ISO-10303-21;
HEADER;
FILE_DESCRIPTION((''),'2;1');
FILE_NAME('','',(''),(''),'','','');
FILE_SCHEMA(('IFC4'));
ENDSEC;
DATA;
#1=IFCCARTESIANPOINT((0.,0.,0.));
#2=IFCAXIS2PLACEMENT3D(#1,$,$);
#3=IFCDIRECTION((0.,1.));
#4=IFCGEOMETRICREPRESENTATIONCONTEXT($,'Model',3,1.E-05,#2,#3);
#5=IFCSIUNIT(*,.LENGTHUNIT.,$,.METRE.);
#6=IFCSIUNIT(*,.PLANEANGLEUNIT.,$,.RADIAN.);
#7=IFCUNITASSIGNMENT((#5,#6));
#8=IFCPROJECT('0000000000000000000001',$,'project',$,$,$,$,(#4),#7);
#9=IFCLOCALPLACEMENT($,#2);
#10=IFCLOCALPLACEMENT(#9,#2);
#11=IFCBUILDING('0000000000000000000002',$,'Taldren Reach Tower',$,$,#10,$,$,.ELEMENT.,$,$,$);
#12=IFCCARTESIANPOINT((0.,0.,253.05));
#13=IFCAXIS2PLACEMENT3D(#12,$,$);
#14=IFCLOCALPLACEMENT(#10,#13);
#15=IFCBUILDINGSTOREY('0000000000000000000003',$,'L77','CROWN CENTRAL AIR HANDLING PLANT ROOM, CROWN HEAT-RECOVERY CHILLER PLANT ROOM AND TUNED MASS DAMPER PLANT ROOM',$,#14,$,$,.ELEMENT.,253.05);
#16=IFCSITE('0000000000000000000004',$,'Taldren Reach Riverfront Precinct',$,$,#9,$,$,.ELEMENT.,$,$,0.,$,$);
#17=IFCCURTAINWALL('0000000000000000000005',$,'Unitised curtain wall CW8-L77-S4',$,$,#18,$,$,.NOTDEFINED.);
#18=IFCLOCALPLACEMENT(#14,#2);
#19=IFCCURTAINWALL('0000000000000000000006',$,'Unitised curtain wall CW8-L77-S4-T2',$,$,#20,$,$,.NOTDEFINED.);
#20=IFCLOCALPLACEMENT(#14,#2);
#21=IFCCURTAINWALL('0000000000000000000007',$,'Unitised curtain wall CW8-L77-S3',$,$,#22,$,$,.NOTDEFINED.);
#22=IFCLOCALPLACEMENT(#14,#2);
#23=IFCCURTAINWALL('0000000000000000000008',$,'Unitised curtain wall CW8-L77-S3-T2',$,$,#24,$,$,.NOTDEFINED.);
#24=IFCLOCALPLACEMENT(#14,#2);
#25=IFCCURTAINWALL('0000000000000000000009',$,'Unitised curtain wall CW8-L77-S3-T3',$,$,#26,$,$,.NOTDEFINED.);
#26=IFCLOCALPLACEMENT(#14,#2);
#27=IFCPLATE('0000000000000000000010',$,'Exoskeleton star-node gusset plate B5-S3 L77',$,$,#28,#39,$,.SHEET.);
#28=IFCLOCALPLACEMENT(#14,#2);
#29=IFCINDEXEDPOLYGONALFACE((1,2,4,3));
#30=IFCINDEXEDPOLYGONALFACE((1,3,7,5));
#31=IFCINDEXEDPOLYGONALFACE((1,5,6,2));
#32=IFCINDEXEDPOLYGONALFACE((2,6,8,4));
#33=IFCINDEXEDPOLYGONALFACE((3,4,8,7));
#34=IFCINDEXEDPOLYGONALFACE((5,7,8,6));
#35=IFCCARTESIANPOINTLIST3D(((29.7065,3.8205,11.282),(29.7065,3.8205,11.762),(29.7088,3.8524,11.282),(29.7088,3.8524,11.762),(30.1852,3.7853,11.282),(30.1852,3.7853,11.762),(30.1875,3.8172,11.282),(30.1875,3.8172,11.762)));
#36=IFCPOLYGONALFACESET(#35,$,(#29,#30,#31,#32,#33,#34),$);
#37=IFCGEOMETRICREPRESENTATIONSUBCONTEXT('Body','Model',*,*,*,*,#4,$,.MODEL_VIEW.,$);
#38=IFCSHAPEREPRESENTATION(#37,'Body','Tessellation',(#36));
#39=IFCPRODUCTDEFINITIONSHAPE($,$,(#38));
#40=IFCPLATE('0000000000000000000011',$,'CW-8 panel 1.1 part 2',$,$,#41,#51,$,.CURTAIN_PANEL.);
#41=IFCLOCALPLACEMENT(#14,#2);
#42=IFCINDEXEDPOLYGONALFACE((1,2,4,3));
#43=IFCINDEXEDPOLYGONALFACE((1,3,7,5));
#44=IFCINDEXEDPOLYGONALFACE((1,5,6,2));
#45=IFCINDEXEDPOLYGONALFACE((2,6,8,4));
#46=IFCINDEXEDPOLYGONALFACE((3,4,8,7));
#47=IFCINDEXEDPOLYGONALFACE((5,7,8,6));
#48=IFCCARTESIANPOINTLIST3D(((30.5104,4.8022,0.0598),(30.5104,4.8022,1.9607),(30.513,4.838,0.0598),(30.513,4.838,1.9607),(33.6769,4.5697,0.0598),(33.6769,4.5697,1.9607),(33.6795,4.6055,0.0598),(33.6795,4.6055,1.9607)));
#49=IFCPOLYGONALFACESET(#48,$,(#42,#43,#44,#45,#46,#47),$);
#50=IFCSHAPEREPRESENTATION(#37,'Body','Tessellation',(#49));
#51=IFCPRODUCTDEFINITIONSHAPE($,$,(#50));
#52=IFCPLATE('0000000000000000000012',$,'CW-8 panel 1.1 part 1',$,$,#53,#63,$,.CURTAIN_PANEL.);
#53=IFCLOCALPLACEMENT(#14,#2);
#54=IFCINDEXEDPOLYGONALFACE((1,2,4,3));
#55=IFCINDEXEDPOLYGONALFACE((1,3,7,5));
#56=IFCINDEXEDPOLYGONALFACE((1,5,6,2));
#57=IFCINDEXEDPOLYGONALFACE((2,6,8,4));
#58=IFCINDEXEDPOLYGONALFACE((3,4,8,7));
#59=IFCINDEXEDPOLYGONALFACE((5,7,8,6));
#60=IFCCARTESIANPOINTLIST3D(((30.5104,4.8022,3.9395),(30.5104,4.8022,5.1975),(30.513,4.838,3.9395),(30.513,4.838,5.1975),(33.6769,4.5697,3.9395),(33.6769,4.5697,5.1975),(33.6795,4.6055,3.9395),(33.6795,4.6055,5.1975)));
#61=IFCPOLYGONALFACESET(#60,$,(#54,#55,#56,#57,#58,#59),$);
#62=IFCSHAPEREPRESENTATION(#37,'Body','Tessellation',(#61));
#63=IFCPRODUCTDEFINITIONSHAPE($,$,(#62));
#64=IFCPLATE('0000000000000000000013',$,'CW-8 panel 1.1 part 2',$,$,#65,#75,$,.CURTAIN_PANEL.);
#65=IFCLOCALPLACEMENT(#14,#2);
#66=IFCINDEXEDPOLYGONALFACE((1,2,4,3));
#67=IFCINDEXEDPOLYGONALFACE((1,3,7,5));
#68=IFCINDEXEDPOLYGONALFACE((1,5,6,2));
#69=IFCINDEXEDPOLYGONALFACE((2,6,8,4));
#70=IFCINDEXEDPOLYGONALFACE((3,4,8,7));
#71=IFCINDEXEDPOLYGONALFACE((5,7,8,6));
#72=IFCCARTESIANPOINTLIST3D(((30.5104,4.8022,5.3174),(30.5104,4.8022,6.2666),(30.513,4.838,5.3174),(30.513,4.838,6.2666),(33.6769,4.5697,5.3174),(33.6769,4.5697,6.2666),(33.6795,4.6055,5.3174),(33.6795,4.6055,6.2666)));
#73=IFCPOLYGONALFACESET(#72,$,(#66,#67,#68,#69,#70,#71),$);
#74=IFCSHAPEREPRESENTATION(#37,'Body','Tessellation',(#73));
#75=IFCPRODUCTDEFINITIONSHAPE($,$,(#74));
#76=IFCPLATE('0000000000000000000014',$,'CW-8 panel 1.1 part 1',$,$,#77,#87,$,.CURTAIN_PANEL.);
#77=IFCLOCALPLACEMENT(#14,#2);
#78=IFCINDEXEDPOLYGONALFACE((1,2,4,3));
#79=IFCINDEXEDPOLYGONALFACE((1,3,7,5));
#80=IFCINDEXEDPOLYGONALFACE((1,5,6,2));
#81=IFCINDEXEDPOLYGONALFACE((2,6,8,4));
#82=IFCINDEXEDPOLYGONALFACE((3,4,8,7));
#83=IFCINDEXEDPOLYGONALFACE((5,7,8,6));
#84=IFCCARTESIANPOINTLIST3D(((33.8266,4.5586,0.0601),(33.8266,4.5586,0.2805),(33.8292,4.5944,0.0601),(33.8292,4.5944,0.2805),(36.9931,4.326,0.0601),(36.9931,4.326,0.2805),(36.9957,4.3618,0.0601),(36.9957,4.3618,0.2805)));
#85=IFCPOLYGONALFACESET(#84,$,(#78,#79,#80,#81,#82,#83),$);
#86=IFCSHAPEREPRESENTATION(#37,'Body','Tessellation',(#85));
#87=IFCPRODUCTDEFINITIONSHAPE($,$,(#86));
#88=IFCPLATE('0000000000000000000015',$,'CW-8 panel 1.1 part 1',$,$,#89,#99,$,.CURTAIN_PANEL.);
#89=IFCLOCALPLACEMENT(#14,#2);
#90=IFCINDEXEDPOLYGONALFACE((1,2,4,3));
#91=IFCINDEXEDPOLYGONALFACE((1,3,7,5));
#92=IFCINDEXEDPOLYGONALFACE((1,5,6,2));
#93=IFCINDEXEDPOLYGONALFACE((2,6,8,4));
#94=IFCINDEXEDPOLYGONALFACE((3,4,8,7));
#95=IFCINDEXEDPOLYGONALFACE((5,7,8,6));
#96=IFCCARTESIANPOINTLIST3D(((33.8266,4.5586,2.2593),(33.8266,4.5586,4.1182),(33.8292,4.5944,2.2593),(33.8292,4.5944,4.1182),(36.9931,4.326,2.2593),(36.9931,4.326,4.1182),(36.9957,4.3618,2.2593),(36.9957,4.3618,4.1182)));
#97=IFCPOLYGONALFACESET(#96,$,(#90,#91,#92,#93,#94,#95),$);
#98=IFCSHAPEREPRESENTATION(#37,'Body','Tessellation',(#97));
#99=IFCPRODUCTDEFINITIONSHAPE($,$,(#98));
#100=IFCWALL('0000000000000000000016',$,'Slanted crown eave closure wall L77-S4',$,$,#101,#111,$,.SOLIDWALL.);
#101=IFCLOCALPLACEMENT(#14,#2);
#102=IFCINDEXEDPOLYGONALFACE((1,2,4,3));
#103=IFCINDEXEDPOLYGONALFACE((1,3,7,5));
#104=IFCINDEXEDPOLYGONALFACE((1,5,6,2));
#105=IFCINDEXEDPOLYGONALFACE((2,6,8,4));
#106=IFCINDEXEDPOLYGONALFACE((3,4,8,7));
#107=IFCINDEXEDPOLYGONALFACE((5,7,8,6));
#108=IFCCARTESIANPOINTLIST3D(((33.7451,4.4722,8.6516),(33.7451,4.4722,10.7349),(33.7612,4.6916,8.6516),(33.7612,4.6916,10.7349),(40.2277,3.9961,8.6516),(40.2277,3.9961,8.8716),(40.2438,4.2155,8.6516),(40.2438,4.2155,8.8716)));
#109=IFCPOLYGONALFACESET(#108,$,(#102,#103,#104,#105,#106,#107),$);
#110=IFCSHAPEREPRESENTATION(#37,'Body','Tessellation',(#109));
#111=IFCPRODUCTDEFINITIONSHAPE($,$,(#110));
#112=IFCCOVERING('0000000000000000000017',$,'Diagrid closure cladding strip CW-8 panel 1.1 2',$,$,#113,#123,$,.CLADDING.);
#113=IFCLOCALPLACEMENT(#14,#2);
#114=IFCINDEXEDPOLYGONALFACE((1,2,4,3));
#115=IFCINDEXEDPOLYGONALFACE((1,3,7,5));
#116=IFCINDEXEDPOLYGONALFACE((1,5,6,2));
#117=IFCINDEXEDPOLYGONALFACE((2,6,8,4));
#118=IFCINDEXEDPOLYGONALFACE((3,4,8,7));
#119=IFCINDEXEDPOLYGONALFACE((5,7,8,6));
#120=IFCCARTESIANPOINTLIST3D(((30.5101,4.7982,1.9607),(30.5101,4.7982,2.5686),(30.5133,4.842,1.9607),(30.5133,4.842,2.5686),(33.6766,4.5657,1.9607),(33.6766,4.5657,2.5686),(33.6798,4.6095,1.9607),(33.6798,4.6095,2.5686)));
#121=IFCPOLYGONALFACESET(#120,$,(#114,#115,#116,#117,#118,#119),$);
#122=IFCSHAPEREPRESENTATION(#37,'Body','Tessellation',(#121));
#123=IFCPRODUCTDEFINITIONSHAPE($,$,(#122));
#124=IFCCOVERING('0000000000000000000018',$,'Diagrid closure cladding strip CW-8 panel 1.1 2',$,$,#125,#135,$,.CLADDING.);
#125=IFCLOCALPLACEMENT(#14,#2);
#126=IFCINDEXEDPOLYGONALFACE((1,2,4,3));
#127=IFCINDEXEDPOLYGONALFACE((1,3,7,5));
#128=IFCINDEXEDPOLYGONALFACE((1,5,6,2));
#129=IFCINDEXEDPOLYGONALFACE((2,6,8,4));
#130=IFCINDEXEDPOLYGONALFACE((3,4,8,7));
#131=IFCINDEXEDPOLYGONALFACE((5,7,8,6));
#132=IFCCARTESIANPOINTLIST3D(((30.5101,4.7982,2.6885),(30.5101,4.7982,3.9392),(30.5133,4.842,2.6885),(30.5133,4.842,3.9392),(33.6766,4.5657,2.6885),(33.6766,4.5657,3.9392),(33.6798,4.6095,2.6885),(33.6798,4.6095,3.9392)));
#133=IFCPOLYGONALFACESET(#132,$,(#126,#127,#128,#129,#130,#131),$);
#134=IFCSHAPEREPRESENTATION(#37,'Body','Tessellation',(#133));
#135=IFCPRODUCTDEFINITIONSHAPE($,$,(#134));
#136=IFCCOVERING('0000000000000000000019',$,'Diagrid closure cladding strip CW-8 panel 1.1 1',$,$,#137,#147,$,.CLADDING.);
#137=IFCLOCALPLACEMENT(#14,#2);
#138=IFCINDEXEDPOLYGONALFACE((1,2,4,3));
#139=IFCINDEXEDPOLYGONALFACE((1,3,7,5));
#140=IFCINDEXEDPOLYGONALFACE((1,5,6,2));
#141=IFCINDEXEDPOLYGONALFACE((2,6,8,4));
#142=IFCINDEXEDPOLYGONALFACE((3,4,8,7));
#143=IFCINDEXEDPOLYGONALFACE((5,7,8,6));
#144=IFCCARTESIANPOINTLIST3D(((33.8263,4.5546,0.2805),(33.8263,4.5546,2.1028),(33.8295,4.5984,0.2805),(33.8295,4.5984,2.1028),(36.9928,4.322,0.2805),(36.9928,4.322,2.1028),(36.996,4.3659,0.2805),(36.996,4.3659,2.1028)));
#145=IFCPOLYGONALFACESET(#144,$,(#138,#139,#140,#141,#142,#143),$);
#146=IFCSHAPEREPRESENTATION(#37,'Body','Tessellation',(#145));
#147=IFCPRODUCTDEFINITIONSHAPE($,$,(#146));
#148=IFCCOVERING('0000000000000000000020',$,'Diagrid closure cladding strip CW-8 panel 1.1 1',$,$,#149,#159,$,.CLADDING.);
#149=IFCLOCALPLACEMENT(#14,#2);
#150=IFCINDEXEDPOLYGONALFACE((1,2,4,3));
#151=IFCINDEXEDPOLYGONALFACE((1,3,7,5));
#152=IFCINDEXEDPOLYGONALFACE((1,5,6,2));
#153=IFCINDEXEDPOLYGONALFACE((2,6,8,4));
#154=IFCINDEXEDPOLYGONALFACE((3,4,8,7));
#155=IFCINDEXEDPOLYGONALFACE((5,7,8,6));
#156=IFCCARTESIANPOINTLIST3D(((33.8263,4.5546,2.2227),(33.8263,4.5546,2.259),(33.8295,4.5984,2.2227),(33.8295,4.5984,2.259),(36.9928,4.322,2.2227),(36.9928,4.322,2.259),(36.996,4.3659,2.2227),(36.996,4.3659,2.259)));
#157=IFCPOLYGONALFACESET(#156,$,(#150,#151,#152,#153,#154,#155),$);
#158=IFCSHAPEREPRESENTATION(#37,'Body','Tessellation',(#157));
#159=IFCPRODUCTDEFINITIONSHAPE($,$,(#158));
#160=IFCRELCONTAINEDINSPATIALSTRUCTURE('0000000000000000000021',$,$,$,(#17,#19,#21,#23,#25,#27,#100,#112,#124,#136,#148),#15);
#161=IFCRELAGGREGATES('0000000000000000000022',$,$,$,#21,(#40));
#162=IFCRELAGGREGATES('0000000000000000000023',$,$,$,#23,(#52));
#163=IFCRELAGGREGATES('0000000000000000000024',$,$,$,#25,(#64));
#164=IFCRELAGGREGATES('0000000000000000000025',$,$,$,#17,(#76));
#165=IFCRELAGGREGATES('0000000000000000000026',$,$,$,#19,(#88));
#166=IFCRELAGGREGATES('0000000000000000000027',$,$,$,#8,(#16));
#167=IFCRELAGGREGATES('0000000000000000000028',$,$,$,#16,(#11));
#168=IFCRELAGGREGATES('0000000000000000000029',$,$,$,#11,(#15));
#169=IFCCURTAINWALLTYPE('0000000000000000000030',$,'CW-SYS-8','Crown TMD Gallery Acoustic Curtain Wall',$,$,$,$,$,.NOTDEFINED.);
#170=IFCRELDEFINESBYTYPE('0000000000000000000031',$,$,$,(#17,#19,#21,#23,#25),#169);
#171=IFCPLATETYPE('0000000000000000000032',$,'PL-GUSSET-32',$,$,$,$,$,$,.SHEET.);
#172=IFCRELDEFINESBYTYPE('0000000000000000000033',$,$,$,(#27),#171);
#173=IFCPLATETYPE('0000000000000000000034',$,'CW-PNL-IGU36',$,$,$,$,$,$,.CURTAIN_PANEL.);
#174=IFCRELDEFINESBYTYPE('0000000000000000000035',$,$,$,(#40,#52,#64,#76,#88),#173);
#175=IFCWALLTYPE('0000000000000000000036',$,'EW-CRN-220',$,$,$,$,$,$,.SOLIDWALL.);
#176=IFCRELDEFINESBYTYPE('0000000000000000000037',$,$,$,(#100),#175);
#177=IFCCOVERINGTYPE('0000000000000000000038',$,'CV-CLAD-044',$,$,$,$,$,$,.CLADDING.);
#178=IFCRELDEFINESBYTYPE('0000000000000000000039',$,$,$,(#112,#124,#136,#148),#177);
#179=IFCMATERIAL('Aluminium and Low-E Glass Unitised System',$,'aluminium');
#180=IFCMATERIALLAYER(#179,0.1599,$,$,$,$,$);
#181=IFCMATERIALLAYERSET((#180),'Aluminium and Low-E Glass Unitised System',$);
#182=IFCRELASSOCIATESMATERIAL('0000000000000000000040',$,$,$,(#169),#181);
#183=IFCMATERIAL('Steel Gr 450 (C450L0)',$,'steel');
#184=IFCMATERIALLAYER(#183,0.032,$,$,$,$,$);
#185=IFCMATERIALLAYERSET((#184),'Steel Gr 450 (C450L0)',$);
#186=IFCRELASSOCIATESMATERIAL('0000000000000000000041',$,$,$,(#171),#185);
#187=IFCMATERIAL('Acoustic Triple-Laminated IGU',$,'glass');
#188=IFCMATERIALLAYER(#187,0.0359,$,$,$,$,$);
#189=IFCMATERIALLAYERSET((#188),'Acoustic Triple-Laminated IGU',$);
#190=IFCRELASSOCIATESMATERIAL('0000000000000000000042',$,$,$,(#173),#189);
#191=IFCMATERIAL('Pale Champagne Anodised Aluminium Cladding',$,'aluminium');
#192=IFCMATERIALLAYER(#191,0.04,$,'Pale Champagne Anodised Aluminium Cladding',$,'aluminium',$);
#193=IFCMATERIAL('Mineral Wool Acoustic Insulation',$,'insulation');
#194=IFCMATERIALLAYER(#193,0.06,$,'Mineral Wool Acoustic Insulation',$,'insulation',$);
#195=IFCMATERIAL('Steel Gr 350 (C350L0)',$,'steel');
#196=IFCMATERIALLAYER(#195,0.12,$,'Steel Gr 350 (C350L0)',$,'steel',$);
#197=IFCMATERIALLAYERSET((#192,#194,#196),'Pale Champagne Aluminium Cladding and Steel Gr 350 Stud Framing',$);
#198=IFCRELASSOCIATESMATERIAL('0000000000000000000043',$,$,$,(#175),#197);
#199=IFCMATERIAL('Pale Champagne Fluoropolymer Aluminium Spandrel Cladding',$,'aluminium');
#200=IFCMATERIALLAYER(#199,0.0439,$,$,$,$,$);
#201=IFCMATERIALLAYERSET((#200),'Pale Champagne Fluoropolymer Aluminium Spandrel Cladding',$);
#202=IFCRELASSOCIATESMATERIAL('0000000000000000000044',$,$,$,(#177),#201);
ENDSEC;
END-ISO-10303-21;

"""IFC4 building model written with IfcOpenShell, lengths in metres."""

from ifc_helpers import new_model, si_unit, direction, frame, origin, origin_2d, place, context, subcontext, project, spatial, polyline, rectangle, outline, extrude, source, transform, mapped, material, layer, layer_set, type_object, element, aggregate, save


model = new_model("IFC4")

# Units and contexts
model_context = context("Model", 3, precision=1e-05, world=origin(), true_north=direction((0.0, 1.0)))
body_context = subcontext(model_context, "Body", "Model", "MODEL_VIEW")
ifc_project = project(units=[si_unit("LENGTHUNIT", "METRE"), si_unit("PLANEANGLEUNIT", "RADIAN")], contexts=[model_context])

# Site, building, storey
site_placement = place(None, origin())
site = spatial("IfcSite", under=ifc_project, at=site_placement, Name="Taldren Reach Riverfront Precinct", CompositionType="ELEMENT", RefElevation=0.0)
building_placement = place(site_placement, origin())
building = spatial("IfcBuilding", under=site, at=building_placement, Name="Taldren Reach Tower", CompositionType="ELEMENT")
storey_placement = place(building_placement, frame((0.0, 0.0, 253.05)))
storey = spatial("IfcBuildingStorey", under=building, at=storey_placement, Name="L77", Description="CROWN CENTRAL AIR HANDLING PLANT ROOM, CROWN HEAT-RECOVERY CHILLER PLANT ROOM AND TUNED MASS DAMPER PLANT ROOM", CompositionType="ELEMENT", Elevation=253.05)

# Shared definitions
ifc_material_1 = material(Name="Steel Gr 350 (C350L0)", Category="steel")
ifc_material_2 = material(Name="Steel Gr 450 (C450L0)", Category="steel")

# Curtain walls
ifc_material_3 = material(Name="Aluminium and Low-E Glass Unitised System", Category="aluminium")
ifc_layer_1 = layer(ifc_material_3, 0.1599)
ifc_layer_set_1 = layer_set([ifc_layer_1], Name="Aluminium and Low-E Glass Unitised System")
curtain_wall_type = type_object("IfcCurtainWallType", Name="CW-SYS-8", Description="Crown TMD Gallery Acoustic Curtain Wall", PredefinedType="NOTDEFINED", material=ifc_layer_set_1)
curtain_wall_1_placement = place(storey_placement, origin())
curtain_wall_1 = element("IfcCurtainWall", 1, at=curtain_wall_1_placement, inside=storey, type_object=curtain_wall_type, Name="Unitised curtain wall CW8-L77-S4", PredefinedType="NOTDEFINED")
curtain_wall_2_placement = place(storey_placement, origin())
curtain_wall_2 = element("IfcCurtainWall", 2, at=curtain_wall_2_placement, inside=storey, type_object=curtain_wall_type, Name="Unitised curtain wall CW8-L77-S4-T2", PredefinedType="NOTDEFINED")

# Curtain walls
curtain_wall_3_placement = place(storey_placement, origin())
curtain_wall_3 = element("IfcCurtainWall", 3, at=curtain_wall_3_placement, inside=storey, type_object=curtain_wall_type, Name="Unitised curtain wall CW8-L77-S3", PredefinedType="NOTDEFINED")
curtain_wall_4_placement = place(storey_placement, origin())
curtain_wall_4 = element("IfcCurtainWall", 4, at=curtain_wall_4_placement, inside=storey, type_object=curtain_wall_type, Name="Unitised curtain wall CW8-L77-S3-T2", PredefinedType="NOTDEFINED")
curtain_wall_5_placement = place(storey_placement, origin())
curtain_wall_5 = element("IfcCurtainWall", 5, at=curtain_wall_5_placement, inside=storey, type_object=curtain_wall_type, Name="Unitised curtain wall CW8-L77-S3-T3", PredefinedType="NOTDEFINED")

# Plate
ifc_layer_2 = layer(ifc_material_2, 0.032)
ifc_layer_set_2 = layer_set([ifc_layer_2], Name="Steel Gr 450 (C450L0)")
plate_type_1 = type_object("IfcPlateType", Name="PL-GUSSET-32", PredefinedType="SHEET", material=ifc_layer_set_2)
shared_shape_1 = source(origin(), body_context, "Body", "SweptSolid", [
    extrude(rectangle(XDim=0.48, YDim=0.032, at=origin_2d()), origin(), (0.0, 0.0, 1.0), 0.48),
])
plate_1_placement = place(storey_placement, frame((29.947, 3.8188, 11.282), z_axis=(0.0, 0.0, 1.0), x_axis=(0.997314, -0.073238, 0.0)))
element("IfcPlate", 6, at=plate_1_placement, inside=storey, type_object=plate_type_1, Name="Exoskeleton star-node gusset plate B5-S3 L77", PredefinedType="SHEET", context=body_context, shape_type="MappedRepresentation", body=[
    mapped(shared_shape_1, transform((0.0, 0.0, 0.0), scale=1.0)),
])

# Plates
ifc_material_4 = material(Name="Acoustic Triple-Laminated IGU", Category="glass")
ifc_layer_3 = layer(ifc_material_4, 0.0359)
ifc_layer_set_3 = layer_set([ifc_layer_3], Name="Acoustic Triple-Laminated IGU")
plate_type_2 = type_object("IfcPlateType", Name="CW-PNL-IGU36", PredefinedType="CURTAIN_PANEL", material=ifc_layer_set_3)
shared_shape_2 = source(origin(), body_context, "Body", "SweptSolid", [
    extrude(rectangle(XDim=3.175, YDim=0.0359, at=origin_2d()), origin(), (0.0, 0.0, 1.0), 1.9009),
])
plate_2_placement = place(storey_placement, frame((32.095, 4.7039, 0.0598), z_axis=(0.0, 0.0, 1.0), x_axis=(0.997315, -0.073237, 0.0)))
plate_2 = element("IfcPlate", 7, at=plate_2_placement, type_object=plate_type_2, Name="CW-8 panel 1.1 part 2", PredefinedType="CURTAIN_PANEL", context=body_context, shape_type="MappedRepresentation", body=[
    mapped(shared_shape_2, transform((0.0, 0.0, 0.0), scale=1.0)),
])
aggregate(curtain_wall_3, [plate_2])
shared_shape_3 = source(origin(), body_context, "Body", "SweptSolid", [
    extrude(rectangle(XDim=3.175, YDim=0.0359, at=origin_2d()), origin(), (0.0, 0.0, 1.0), 1.2581),
])
plate_3_placement = place(storey_placement, frame((32.095, 4.7039, 3.9395), z_axis=(0.0, 0.0, 1.0), x_axis=(0.997315, -0.073237, 0.0)))
plate_3 = element("IfcPlate", 8, at=plate_3_placement, type_object=plate_type_2, Name="CW-8 panel 1.1 part 1", PredefinedType="CURTAIN_PANEL", context=body_context, shape_type="MappedRepresentation", body=[
    mapped(shared_shape_3, transform((0.0, 0.0, 0.0), scale=1.0)),
])
aggregate(curtain_wall_4, [plate_3])
shared_shape_4 = source(origin(), body_context, "Body", "SweptSolid", [
    extrude(rectangle(XDim=3.175, YDim=0.0359, at=origin_2d()), origin(), (0.0, 0.0, 1.0), 0.9492),
])
plate_4_placement = place(storey_placement, frame((32.095, 4.7039, 5.3174), z_axis=(0.0, 0.0, 1.0), x_axis=(0.997315, -0.073237, 0.0)))
plate_4 = element("IfcPlate", 9, at=plate_4_placement, type_object=plate_type_2, Name="CW-8 panel 1.1 part 2", PredefinedType="CURTAIN_PANEL", context=body_context, shape_type="MappedRepresentation", body=[
    mapped(shared_shape_4, transform((0.0, 0.0, 0.0), scale=1.0)),
])
aggregate(curtain_wall_5, [plate_4])
shared_shape_5 = source(origin(), body_context, "Body", "SweptSolid", [
    extrude(rectangle(XDim=3.175, YDim=0.0359, at=origin_2d()), origin(), (0.0, 0.0, 1.0), 0.2205),
])
plate_5_placement = place(storey_placement, frame((35.4111, 4.4602, 0.0601), z_axis=(0.0, 0.0, 1.0), x_axis=(0.997314, -0.073239, 0.0)))
plate_5 = element("IfcPlate", 10, at=plate_5_placement, type_object=plate_type_2, Name="CW-8 panel 1.1 part 1", PredefinedType="CURTAIN_PANEL", context=body_context, shape_type="MappedRepresentation", body=[
    mapped(shared_shape_5, transform((0.0, 0.0, 0.0), scale=1.0)),
])
aggregate(curtain_wall_1, [plate_5])
shared_shape_6 = source(origin(), body_context, "Body", "SweptSolid", [
    extrude(rectangle(XDim=3.175, YDim=0.0359, at=origin_2d()), origin(), (0.0, 0.0, 1.0), 1.8589),
])
plate_6_placement = place(storey_placement, frame((35.4111, 4.4602, 2.2593), z_axis=(0.0, 0.0, 1.0), x_axis=(0.997314, -0.073239, 0.0)))
plate_6 = element("IfcPlate", 11, at=plate_6_placement, type_object=plate_type_2, Name="CW-8 panel 1.1 part 1", PredefinedType="CURTAIN_PANEL", context=body_context, shape_type="MappedRepresentation", body=[
    mapped(shared_shape_6, transform((0.0, 0.0, 0.0), scale=1.0)),
])
aggregate(curtain_wall_2, [plate_6])

# Wall
ifc_material_5 = material(Name="Pale Champagne Anodised Aluminium Cladding", Category="aluminium")
ifc_layer_4 = layer(ifc_material_5, 0.04, Name="Pale Champagne Anodised Aluminium Cladding", Category="aluminium")
ifc_material_6 = material(Name="Mineral Wool Acoustic Insulation", Category="insulation")
ifc_layer_5 = layer(ifc_material_6, 0.06, Name="Mineral Wool Acoustic Insulation", Category="insulation")
ifc_layer_6 = layer(ifc_material_1, 0.12, Name="Steel Gr 350 (C350L0)", Category="steel")
ifc_layer_set_4 = layer_set([ifc_layer_4, ifc_layer_5, ifc_layer_6], Name="Pale Champagne Aluminium Cladding and Steel Gr 350 Stud Framing")
wall_type = type_object("IfcWallType", Name="EW-CRN-220", PredefinedType="SOLIDWALL", material=ifc_layer_set_4)
wall_placement = place(storey_placement, frame((33.7532, 4.582, 8.6516), z_axis=(0.0, 0.0, 1.0), x_axis=(0.997314, -0.073244, 0.0)))
element("IfcWall", 12, at=wall_placement, inside=storey, type_object=wall_type, Name="Slanted crown eave closure wall L77-S4", PredefinedType="SOLIDWALL", context=body_context, shape_type="SweptSolid", body=[
    extrude(outline(polyline([(0.0, 0.0), (6.5, 0.0), (6.5, 0.22), (0.0, 2.0833), (0.0, 0.0)])), frame((0.0, 0.1099, 0.0), z_axis=(0.0, -1.0, 0.0), x_axis=(1.0, 0.0, 0.0)), (0.0, 0.0, 1.0), 0.22),
])

# Coverings
ifc_material_7 = material(Name="Pale Champagne Fluoropolymer Aluminium Spandrel Cladding", Category="aluminium")
ifc_layer_7 = layer(ifc_material_7, 0.0439)
ifc_layer_set_5 = layer_set([ifc_layer_7], Name="Pale Champagne Fluoropolymer Aluminium Spandrel Cladding")
covering_type = type_object("IfcCoveringType", Name="CV-CLAD-044", PredefinedType="CLADDING", material=ifc_layer_set_5)
shared_shape_7 = source(origin(), body_context, "Body", "SweptSolid", [
    extrude(rectangle(XDim=3.175, YDim=0.0439, at=origin_2d()), origin(), (0.0, 0.0, 1.0), 0.6079),
])
covering_1_placement = place(storey_placement, frame((32.095, 4.7039, 1.9607), z_axis=(0.0, 0.0, 1.0), x_axis=(0.997315, -0.073237, 0.0)))
element("IfcCovering", 13, at=covering_1_placement, inside=storey, type_object=covering_type, Name="Diagrid closure cladding strip CW-8 panel 1.1 2", PredefinedType="CLADDING", context=body_context, shape_type="MappedRepresentation", body=[
    mapped(shared_shape_7, transform((0.0, 0.0, 0.0), scale=1.0)),
])
shared_shape_8 = source(origin(), body_context, "Body", "SweptSolid", [
    extrude(rectangle(XDim=3.175, YDim=0.0439, at=origin_2d()), origin(), (0.0, 0.0, 1.0), 1.2507),
])
covering_2_placement = place(storey_placement, frame((32.095, 4.7039, 2.6885), z_axis=(0.0, 0.0, 1.0), x_axis=(0.997315, -0.073237, 0.0)))
element("IfcCovering", 14, at=covering_2_placement, inside=storey, type_object=covering_type, Name="Diagrid closure cladding strip CW-8 panel 1.1 2", PredefinedType="CLADDING", context=body_context, shape_type="MappedRepresentation", body=[
    mapped(shared_shape_8, transform((0.0, 0.0, 0.0), scale=1.0)),
])
shared_shape_9 = source(origin(), body_context, "Body", "SweptSolid", [
    extrude(rectangle(XDim=3.175, YDim=0.0439, at=origin_2d()), origin(), (0.0, 0.0, 1.0), 1.8223),
])
covering_3_placement = place(storey_placement, frame((35.4111, 4.4602, 0.2805), z_axis=(0.0, 0.0, 1.0), x_axis=(0.997314, -0.073239, 0.0)))
element("IfcCovering", 15, at=covering_3_placement, inside=storey, type_object=covering_type, Name="Diagrid closure cladding strip CW-8 panel 1.1 1", PredefinedType="CLADDING", context=body_context, shape_type="MappedRepresentation", body=[
    mapped(shared_shape_9, transform((0.0, 0.0, 0.0), scale=1.0)),
])
shared_shape_10 = source(origin(), body_context, "Body", "SweptSolid", [
    extrude(rectangle(XDim=3.175, YDim=0.0439, at=origin_2d()), origin(), (0.0, 0.0, 1.0), 0.0364),
])
covering_4_placement = place(storey_placement, frame((35.4111, 4.4602, 2.2227), z_axis=(0.0, 0.0, 1.0), x_axis=(0.997314, -0.073239, 0.0)))
element("IfcCovering", 16, at=covering_4_placement, inside=storey, type_object=covering_type, Name="Diagrid closure cladding strip CW-8 panel 1.1 1", PredefinedType="CLADDING", context=body_context, shape_type="MappedRepresentation", body=[
    mapped(shared_shape_10, transform((0.0, 0.0, 0.0), scale=1.0)),
])

save(model, "model.ifc")
